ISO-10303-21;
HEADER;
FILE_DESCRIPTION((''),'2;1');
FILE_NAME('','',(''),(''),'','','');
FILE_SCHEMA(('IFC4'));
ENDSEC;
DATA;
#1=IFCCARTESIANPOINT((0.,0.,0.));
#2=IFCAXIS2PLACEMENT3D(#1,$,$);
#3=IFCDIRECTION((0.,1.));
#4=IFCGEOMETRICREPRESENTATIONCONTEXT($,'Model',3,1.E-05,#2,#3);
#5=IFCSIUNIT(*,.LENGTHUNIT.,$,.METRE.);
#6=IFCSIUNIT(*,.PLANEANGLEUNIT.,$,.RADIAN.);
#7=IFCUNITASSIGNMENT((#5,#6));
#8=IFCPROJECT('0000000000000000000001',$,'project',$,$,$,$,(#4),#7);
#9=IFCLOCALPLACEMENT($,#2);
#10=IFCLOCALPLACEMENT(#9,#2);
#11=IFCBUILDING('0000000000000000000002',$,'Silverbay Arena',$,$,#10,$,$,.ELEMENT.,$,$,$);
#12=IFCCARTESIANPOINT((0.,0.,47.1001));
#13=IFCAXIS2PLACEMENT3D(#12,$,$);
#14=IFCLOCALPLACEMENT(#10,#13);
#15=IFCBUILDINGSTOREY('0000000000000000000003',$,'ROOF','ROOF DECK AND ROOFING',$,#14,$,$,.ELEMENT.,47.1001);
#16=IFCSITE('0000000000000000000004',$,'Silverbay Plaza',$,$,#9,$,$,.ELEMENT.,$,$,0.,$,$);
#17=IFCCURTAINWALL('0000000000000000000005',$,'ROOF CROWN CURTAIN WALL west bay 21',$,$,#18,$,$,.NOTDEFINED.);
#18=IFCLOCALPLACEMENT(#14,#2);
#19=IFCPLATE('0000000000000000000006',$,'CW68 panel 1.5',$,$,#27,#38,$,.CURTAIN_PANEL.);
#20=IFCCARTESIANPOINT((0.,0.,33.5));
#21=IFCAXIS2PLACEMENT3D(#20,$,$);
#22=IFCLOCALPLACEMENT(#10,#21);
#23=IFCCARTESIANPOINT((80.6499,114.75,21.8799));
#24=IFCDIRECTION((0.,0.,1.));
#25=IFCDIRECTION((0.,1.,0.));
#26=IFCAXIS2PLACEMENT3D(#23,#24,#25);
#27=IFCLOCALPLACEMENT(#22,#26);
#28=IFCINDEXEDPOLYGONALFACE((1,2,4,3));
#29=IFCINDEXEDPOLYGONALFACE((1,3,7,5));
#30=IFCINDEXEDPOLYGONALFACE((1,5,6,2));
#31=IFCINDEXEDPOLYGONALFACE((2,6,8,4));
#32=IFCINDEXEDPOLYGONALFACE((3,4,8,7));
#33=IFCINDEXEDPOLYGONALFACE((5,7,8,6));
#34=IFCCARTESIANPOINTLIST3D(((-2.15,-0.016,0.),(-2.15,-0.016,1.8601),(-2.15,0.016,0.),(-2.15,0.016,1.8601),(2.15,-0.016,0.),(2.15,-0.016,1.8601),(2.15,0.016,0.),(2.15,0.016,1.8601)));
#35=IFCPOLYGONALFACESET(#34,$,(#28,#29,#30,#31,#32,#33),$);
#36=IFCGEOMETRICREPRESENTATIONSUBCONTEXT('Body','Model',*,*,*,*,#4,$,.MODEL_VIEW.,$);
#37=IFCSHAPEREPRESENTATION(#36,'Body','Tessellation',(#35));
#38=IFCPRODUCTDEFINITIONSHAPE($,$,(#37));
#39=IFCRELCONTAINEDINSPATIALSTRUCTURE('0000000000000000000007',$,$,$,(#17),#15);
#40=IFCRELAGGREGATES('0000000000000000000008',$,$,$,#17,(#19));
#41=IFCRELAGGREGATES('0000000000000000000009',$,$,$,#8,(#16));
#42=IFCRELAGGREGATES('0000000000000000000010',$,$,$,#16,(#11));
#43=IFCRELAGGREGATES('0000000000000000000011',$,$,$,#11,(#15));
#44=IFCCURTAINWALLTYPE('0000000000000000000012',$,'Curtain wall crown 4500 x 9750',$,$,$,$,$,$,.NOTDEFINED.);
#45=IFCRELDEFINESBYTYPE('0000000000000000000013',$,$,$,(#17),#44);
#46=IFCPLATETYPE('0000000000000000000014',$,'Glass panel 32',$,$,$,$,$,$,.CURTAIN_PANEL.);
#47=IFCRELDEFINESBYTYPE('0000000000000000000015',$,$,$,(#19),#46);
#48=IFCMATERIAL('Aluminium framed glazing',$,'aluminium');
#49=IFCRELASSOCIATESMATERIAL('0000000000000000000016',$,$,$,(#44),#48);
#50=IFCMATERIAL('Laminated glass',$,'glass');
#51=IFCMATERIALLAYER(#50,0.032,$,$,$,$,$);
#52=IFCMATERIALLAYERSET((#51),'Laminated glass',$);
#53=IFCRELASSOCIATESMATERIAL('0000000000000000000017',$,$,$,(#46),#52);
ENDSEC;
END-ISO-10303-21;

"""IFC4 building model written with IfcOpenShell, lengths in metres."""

from ifc_helpers import new_model, si_unit, direction, frame, origin, origin_2d, place, context, subcontext, project, spatial, rectangle, extrude, material, layer, layer_set, type_object, element, aggregate, save


model = new_model("IFC4")

# Units and contexts
model_context = context("Model", 3, precision=1e-05, world=origin(), true_north=direction((0.0, 1.0)))
body_context = subcontext(model_context, "Body", "Model", "MODEL_VIEW")
ifc_project = project(units=[si_unit("LENGTHUNIT", "METRE"), si_unit("PLANEANGLEUNIT", "RADIAN")], contexts=[model_context])

# Site, building, storey
site_placement = place(None, origin())
site = spatial("IfcSite", under=ifc_project, at=site_placement, Name="Silverbay Plaza", CompositionType="ELEMENT", RefElevation=0.0)
building_placement = place(site_placement, origin())
building = spatial("IfcBuilding", under=site, at=building_placement, Name="Silverbay Arena", CompositionType="ELEMENT")
storey_placement = place(building_placement, frame((0.0, 0.0, 47.1001)))
storey = spatial("IfcBuildingStorey", under=building, at=storey_placement, Name="ROOF", Description="ROOF DECK AND ROOFING", CompositionType="ELEMENT", Elevation=47.1001)

# Shared definitions
placement = place(building_placement, frame((0.0, 0.0, 33.5)))

# Curtain wall
ifc_material_1 = material(Name="Aluminium framed glazing", Category="aluminium")
curtain_wall_type_1 = type_object("IfcCurtainWallType", Name="Curtain wall crown 4500 x 9750", PredefinedType="NOTDEFINED", material=ifc_material_1)
curtain_wall_1_placement = place(storey_placement, origin())
curtain_wall_1 = element("IfcCurtainWall", 1, at=curtain_wall_1_placement, inside=storey, type_object=curtain_wall_type_1, Name="ROOF CROWN CURTAIN WALL west bay 21", PredefinedType="NOTDEFINED")

# Plate
ifc_material_2 = material(Name="Laminated glass", Category="glass")
ifc_layer_1 = layer(ifc_material_2, 0.032)
ifc_layer_set_1 = layer_set([ifc_layer_1], Name="Laminated glass")
plate_type = type_object("IfcPlateType", Name="Glass panel 32", PredefinedType="CURTAIN_PANEL", material=ifc_layer_set_1)
plate_1_placement = place(placement, frame((80.6499, 114.75, 21.8799), z_axis=(0.0, 0.0, 1.0), x_axis=(0.0, 1.0, 0.0)))
plate_1 = element("IfcPlate", 2, at=plate_1_placement, type_object=plate_type, Name="CW68 panel 1.5", PredefinedType="CURTAIN_PANEL", context=body_context, shape_type="SweptSolid", body=[
    extrude(rectangle(XDim=4.3, YDim=0.032, at=origin_2d()), origin(), (0.0, 0.0, 1.0), 1.8601),
])
aggregate(curtain_wall_1, [plate_1])

save(model, "model.ifc")
